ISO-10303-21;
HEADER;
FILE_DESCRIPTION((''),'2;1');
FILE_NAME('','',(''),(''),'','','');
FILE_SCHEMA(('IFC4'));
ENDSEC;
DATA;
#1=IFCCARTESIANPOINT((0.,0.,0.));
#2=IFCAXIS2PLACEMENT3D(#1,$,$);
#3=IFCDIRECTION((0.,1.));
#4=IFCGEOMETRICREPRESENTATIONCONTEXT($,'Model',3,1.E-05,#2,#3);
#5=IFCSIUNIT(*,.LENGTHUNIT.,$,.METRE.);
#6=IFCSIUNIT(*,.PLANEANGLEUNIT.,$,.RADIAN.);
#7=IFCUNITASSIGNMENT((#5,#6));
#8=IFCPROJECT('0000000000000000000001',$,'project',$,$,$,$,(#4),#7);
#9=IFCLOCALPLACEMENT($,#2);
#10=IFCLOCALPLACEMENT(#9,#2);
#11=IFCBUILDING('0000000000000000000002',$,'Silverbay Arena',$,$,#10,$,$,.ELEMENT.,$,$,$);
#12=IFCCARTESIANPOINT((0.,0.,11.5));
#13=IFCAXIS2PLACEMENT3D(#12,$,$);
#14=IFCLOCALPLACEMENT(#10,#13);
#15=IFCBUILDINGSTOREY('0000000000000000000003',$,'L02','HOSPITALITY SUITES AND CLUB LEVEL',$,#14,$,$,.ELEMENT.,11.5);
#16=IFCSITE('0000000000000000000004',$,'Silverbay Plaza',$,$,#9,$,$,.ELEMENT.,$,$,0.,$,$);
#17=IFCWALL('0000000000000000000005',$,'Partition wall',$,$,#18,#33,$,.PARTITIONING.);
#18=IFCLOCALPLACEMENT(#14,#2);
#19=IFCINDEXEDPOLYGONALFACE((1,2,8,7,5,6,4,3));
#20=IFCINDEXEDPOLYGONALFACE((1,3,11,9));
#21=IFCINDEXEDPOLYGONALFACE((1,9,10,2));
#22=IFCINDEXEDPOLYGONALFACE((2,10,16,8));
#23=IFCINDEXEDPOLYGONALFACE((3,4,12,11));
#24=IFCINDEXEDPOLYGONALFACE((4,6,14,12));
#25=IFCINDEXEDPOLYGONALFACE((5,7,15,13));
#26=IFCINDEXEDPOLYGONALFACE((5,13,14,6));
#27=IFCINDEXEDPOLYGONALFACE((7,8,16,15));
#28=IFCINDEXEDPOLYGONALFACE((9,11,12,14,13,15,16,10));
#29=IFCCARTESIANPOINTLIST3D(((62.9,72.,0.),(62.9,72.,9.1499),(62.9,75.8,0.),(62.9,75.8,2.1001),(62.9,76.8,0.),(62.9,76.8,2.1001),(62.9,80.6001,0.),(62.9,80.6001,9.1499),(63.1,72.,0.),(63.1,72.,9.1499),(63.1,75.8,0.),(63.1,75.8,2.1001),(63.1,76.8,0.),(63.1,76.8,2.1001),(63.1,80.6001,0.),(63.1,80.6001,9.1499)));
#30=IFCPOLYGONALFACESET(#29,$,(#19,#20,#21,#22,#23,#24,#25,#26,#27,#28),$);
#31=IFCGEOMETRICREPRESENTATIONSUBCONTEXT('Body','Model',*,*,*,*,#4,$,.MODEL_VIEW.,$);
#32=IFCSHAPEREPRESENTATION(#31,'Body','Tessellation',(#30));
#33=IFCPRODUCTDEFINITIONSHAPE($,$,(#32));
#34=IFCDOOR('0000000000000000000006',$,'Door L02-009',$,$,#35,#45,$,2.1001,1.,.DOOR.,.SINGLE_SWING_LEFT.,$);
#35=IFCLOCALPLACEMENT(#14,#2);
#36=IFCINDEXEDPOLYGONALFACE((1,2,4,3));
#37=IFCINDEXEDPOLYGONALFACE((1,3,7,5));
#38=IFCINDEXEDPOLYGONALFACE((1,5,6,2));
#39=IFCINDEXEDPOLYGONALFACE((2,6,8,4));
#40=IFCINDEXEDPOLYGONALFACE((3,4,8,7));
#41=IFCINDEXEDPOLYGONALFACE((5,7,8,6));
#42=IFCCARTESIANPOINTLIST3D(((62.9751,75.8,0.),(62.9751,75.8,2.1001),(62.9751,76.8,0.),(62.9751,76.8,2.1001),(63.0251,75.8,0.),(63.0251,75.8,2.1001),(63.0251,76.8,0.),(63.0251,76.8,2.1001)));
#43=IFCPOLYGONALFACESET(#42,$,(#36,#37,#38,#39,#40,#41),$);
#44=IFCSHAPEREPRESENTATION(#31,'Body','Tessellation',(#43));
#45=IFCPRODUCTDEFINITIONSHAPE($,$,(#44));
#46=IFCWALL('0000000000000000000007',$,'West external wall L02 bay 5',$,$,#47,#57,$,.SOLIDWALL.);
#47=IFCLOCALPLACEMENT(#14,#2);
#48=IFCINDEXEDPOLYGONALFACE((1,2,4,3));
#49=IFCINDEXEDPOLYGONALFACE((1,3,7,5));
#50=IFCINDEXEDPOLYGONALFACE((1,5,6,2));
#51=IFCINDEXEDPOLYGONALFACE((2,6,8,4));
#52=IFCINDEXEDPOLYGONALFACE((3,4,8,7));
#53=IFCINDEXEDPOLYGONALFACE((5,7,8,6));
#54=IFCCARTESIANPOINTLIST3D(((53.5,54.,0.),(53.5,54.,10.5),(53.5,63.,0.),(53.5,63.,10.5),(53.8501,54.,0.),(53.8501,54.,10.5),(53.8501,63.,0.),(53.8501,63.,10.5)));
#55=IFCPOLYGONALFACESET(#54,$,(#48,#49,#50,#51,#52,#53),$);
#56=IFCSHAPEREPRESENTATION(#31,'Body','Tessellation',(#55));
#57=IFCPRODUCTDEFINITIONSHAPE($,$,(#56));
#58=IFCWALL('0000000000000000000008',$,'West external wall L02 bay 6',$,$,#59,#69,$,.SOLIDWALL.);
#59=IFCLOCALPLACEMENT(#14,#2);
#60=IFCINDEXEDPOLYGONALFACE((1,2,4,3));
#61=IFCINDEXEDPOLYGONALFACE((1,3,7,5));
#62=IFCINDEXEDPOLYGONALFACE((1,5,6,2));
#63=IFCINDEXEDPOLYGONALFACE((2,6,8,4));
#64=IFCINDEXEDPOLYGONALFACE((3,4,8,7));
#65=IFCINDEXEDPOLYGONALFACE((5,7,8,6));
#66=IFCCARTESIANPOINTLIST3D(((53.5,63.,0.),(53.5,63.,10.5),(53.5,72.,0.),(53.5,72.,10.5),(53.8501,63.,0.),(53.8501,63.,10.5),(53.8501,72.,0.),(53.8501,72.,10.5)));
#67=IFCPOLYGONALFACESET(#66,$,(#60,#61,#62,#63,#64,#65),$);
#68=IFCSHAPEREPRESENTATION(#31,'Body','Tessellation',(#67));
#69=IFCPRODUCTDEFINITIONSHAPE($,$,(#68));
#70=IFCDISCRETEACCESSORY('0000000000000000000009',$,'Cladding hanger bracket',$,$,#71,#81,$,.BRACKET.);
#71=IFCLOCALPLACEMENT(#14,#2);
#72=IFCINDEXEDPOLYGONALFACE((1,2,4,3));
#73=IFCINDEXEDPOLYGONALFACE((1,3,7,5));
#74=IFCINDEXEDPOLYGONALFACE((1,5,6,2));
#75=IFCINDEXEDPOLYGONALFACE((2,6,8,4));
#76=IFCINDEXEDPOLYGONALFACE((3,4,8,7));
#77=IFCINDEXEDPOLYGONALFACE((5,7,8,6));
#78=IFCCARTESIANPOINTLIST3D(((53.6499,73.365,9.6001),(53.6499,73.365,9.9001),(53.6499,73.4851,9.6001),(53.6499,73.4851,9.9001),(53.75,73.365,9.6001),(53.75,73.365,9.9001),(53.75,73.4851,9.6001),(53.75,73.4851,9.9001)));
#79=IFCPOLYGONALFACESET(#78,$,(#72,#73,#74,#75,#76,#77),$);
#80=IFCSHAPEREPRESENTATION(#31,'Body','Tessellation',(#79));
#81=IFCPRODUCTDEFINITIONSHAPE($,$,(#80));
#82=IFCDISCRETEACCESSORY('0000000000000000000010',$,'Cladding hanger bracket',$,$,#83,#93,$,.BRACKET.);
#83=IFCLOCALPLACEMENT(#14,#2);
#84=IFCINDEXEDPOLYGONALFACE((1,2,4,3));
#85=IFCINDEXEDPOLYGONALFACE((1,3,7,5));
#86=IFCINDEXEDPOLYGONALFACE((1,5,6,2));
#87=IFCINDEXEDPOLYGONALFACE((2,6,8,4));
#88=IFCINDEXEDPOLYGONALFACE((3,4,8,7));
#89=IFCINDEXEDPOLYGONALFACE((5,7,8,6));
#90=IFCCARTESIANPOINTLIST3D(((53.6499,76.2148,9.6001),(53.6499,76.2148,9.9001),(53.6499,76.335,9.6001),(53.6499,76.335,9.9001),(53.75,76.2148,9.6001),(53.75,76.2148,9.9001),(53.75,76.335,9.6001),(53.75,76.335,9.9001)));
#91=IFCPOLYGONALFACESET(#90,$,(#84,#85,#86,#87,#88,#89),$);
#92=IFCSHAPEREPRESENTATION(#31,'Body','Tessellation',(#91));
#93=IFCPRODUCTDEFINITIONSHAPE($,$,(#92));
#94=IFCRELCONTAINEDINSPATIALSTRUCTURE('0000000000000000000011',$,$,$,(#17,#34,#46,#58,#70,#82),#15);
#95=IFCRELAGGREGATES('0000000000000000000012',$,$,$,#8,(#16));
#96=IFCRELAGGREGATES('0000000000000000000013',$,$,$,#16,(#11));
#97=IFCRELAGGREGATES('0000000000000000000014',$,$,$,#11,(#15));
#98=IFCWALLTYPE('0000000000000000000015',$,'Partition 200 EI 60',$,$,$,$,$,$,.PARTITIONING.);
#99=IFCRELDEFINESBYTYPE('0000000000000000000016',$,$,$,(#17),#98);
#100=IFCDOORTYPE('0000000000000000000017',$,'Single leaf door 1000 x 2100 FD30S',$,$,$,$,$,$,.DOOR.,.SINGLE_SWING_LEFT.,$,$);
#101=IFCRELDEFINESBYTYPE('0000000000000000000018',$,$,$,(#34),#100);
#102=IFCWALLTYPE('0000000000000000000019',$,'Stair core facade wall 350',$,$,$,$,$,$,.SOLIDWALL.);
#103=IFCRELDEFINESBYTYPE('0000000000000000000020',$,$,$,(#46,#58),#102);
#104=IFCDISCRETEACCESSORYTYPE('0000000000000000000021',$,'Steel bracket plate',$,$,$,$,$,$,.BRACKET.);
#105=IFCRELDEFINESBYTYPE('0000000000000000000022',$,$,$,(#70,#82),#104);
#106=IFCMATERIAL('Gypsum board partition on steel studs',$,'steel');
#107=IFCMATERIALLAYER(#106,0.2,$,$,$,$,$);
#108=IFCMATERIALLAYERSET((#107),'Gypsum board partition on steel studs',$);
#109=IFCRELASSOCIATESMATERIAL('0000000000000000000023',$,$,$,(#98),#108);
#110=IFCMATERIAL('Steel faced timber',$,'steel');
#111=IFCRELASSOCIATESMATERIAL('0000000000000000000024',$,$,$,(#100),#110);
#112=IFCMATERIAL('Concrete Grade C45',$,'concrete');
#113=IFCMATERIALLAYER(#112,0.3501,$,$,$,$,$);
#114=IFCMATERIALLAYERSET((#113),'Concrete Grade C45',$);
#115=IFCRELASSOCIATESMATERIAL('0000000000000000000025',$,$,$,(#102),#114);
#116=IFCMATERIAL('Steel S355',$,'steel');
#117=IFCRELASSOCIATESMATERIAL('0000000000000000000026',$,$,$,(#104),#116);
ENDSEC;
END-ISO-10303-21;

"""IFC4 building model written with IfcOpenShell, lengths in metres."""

from ifc_helpers import new_model, si_unit, direction, frame, frame_2d, origin, origin_2d, place, context, subcontext, project, spatial, rectangle, extrude, material, layer, layer_set, type_object, element, fill, save


model = new_model("IFC4")

# Units and contexts
model_context = context("Model", 3, precision=1e-05, world=origin(), true_north=direction((0.0, 1.0)))
body_context = subcontext(model_context, "Body", "Model", "MODEL_VIEW")
ifc_project = project(units=[si_unit("LENGTHUNIT", "METRE"), si_unit("PLANEANGLEUNIT", "RADIAN")], contexts=[model_context])

# Site, building, storey
site_placement = place(None, origin())
site = spatial("IfcSite", under=ifc_project, at=site_placement, Name="Silverbay Plaza", CompositionType="ELEMENT", RefElevation=0.0)
building_placement = place(site_placement, origin())
building = spatial("IfcBuilding", under=site, at=building_placement, Name="Silverbay Arena", CompositionType="ELEMENT")
storey_placement = place(building_placement, frame((0.0, 0.0, 11.5)))
storey = spatial("IfcBuildingStorey", under=building, at=storey_placement, Name="L02", Description="HOSPITALITY SUITES AND CLUB LEVEL", CompositionType="ELEMENT", Elevation=11.5)

# Shared definitions
ifc_material_1 = material(Name="Gypsum board partition on steel studs", Category="steel")
ifc_layer_1 = layer(ifc_material_1, 0.2)
ifc_layer_set_1 = layer_set([ifc_layer_1], Name="Gypsum board partition on steel studs")
wall_type_1 = type_object("IfcWallType", Name="Partition 200 EI 60", PredefinedType="PARTITIONING", material=ifc_layer_set_1)

# Wall, opening, door
wall_1_placement = place(storey_placement, frame((63.0, 72.0, 0.0), z_axis=(0.0, 0.0, 1.0), x_axis=(0.0, 1.0, 0.0)))
wall_1 = element("IfcWall", 1, at=wall_1_placement, inside=storey, type_object=wall_type_1, Name="Partition wall", PredefinedType="PARTITIONING", context=body_context, shape_type="SweptSolid", body=[
    extrude(rectangle(XDim=8.6001, YDim=0.2, at=frame_2d((4.3, 0.0))), origin(), (0.0, 0.0, 1.0), 9.1499),
])
opening_placement = place(wall_1_placement, frame((3.8, 0.0, 0.0)))
opening = element("IfcOpeningElement", 2, at=opening_placement, cuts=wall_1, PredefinedType="OPENING", context=body_context, shape_type="SweptSolid", body=[
    extrude(rectangle(XDim=1.0, YDim=2.1001, at=frame_2d((0.5, 1.05))), frame((0.0, 0.1099, 0.0), z_axis=(0.0, -1.0, 0.0), x_axis=(1.0, 0.0, 0.0)), (0.0, 0.0, 1.0), 0.22),
])
ifc_material_2 = material(Name="Steel faced timber", Category="steel")
door_type = type_object("IfcDoorType", Name="Single leaf door 1000 x 2100 FD30S", OperationType="SINGLE_SWING_LEFT", PredefinedType="DOOR", material=ifc_material_2)
door_placement = place(opening_placement, origin())
door = element("IfcDoor", 3, at=door_placement, inside=storey, type_object=door_type, Name="Door L02-009", OperationType="SINGLE_SWING_LEFT", OverallHeight=2.1001, OverallWidth=1.0, PredefinedType="DOOR", context=body_context, shape_type="SweptSolid", body=[
    extrude(rectangle(XDim=1.0, YDim=2.1001, at=frame_2d((0.5, 1.05))), frame((0.0, 0.0249, 0.0), z_axis=(0.0, -1.0, 0.0), x_axis=(1.0, 0.0, 0.0)), (0.0, 0.0, 1.0), 0.05),
])
fill(opening, door)

# Walls
ifc_material_3 = material(Name="Concrete Grade C45", Category="concrete")
ifc_layer_2 = layer(ifc_material_3, 0.3501)
ifc_layer_set_2 = layer_set([ifc_layer_2], Name="Concrete Grade C45")
wall_type_2 = type_object("IfcWallType", Name="Stair core facade wall 350", PredefinedType="SOLIDWALL", material=ifc_layer_set_2)
for number, where, z_axis, x_axis, name in (
    (4, (53.675, 63.0, 0.0), (0.0, 0.0, 1.0), (0.0, -1.0, 0.0), "West external wall L02 bay 5"),
    (5, (53.675, 72.0, 0.0), (0.0, 0.0, 1.0), (0.0, -1.0, 0.0), "West external wall L02 bay 6"),
):
    element("IfcWall", number, at=place(storey_placement, frame(where, z_axis=z_axis, x_axis=x_axis)), inside=storey, type_object=wall_type_2, Name=name, PredefinedType="SOLIDWALL", context=body_context, shape_type="SweptSolid", body=[
        extrude(rectangle(XDim=9.0, YDim=0.3501, at=frame_2d((4.5, 0.0))), origin(), (0.0, 0.0, 1.0), 10.5),
    ])

# Discrete accessories
ifc_material_4 = material(Name="Steel S355", Category="steel")
discrete_accessory_type = type_object("IfcDiscreteAccessoryType", Name="Steel bracket plate", PredefinedType="BRACKET", material=ifc_material_4)
for number, where, z_axis, x_axis, name in (
    (6, (53.7, 73.425, 9.6001), (0.0, 0.0, 1.0), (1.0, 0.0, 0.0), "Cladding hanger bracket"),
    (7, (53.7, 76.2749, 9.6001), (0.0, 0.0, 1.0), (1.0, 0.0, 0.0), "Cladding hanger bracket"),
):
    element("IfcDiscreteAccessory", number, at=place(storey_placement, frame(where, z_axis=z_axis, x_axis=x_axis)), inside=storey, type_object=discrete_accessory_type, Name=name, PredefinedType="BRACKET", context=body_context, shape_type="SweptSolid", body=[
        extrude(rectangle(XDim=0.1001, YDim=0.1201, at=origin_2d()), origin(), (0.0, 0.0, 1.0), 0.3),
    ])

save(model, "model.ifc")
